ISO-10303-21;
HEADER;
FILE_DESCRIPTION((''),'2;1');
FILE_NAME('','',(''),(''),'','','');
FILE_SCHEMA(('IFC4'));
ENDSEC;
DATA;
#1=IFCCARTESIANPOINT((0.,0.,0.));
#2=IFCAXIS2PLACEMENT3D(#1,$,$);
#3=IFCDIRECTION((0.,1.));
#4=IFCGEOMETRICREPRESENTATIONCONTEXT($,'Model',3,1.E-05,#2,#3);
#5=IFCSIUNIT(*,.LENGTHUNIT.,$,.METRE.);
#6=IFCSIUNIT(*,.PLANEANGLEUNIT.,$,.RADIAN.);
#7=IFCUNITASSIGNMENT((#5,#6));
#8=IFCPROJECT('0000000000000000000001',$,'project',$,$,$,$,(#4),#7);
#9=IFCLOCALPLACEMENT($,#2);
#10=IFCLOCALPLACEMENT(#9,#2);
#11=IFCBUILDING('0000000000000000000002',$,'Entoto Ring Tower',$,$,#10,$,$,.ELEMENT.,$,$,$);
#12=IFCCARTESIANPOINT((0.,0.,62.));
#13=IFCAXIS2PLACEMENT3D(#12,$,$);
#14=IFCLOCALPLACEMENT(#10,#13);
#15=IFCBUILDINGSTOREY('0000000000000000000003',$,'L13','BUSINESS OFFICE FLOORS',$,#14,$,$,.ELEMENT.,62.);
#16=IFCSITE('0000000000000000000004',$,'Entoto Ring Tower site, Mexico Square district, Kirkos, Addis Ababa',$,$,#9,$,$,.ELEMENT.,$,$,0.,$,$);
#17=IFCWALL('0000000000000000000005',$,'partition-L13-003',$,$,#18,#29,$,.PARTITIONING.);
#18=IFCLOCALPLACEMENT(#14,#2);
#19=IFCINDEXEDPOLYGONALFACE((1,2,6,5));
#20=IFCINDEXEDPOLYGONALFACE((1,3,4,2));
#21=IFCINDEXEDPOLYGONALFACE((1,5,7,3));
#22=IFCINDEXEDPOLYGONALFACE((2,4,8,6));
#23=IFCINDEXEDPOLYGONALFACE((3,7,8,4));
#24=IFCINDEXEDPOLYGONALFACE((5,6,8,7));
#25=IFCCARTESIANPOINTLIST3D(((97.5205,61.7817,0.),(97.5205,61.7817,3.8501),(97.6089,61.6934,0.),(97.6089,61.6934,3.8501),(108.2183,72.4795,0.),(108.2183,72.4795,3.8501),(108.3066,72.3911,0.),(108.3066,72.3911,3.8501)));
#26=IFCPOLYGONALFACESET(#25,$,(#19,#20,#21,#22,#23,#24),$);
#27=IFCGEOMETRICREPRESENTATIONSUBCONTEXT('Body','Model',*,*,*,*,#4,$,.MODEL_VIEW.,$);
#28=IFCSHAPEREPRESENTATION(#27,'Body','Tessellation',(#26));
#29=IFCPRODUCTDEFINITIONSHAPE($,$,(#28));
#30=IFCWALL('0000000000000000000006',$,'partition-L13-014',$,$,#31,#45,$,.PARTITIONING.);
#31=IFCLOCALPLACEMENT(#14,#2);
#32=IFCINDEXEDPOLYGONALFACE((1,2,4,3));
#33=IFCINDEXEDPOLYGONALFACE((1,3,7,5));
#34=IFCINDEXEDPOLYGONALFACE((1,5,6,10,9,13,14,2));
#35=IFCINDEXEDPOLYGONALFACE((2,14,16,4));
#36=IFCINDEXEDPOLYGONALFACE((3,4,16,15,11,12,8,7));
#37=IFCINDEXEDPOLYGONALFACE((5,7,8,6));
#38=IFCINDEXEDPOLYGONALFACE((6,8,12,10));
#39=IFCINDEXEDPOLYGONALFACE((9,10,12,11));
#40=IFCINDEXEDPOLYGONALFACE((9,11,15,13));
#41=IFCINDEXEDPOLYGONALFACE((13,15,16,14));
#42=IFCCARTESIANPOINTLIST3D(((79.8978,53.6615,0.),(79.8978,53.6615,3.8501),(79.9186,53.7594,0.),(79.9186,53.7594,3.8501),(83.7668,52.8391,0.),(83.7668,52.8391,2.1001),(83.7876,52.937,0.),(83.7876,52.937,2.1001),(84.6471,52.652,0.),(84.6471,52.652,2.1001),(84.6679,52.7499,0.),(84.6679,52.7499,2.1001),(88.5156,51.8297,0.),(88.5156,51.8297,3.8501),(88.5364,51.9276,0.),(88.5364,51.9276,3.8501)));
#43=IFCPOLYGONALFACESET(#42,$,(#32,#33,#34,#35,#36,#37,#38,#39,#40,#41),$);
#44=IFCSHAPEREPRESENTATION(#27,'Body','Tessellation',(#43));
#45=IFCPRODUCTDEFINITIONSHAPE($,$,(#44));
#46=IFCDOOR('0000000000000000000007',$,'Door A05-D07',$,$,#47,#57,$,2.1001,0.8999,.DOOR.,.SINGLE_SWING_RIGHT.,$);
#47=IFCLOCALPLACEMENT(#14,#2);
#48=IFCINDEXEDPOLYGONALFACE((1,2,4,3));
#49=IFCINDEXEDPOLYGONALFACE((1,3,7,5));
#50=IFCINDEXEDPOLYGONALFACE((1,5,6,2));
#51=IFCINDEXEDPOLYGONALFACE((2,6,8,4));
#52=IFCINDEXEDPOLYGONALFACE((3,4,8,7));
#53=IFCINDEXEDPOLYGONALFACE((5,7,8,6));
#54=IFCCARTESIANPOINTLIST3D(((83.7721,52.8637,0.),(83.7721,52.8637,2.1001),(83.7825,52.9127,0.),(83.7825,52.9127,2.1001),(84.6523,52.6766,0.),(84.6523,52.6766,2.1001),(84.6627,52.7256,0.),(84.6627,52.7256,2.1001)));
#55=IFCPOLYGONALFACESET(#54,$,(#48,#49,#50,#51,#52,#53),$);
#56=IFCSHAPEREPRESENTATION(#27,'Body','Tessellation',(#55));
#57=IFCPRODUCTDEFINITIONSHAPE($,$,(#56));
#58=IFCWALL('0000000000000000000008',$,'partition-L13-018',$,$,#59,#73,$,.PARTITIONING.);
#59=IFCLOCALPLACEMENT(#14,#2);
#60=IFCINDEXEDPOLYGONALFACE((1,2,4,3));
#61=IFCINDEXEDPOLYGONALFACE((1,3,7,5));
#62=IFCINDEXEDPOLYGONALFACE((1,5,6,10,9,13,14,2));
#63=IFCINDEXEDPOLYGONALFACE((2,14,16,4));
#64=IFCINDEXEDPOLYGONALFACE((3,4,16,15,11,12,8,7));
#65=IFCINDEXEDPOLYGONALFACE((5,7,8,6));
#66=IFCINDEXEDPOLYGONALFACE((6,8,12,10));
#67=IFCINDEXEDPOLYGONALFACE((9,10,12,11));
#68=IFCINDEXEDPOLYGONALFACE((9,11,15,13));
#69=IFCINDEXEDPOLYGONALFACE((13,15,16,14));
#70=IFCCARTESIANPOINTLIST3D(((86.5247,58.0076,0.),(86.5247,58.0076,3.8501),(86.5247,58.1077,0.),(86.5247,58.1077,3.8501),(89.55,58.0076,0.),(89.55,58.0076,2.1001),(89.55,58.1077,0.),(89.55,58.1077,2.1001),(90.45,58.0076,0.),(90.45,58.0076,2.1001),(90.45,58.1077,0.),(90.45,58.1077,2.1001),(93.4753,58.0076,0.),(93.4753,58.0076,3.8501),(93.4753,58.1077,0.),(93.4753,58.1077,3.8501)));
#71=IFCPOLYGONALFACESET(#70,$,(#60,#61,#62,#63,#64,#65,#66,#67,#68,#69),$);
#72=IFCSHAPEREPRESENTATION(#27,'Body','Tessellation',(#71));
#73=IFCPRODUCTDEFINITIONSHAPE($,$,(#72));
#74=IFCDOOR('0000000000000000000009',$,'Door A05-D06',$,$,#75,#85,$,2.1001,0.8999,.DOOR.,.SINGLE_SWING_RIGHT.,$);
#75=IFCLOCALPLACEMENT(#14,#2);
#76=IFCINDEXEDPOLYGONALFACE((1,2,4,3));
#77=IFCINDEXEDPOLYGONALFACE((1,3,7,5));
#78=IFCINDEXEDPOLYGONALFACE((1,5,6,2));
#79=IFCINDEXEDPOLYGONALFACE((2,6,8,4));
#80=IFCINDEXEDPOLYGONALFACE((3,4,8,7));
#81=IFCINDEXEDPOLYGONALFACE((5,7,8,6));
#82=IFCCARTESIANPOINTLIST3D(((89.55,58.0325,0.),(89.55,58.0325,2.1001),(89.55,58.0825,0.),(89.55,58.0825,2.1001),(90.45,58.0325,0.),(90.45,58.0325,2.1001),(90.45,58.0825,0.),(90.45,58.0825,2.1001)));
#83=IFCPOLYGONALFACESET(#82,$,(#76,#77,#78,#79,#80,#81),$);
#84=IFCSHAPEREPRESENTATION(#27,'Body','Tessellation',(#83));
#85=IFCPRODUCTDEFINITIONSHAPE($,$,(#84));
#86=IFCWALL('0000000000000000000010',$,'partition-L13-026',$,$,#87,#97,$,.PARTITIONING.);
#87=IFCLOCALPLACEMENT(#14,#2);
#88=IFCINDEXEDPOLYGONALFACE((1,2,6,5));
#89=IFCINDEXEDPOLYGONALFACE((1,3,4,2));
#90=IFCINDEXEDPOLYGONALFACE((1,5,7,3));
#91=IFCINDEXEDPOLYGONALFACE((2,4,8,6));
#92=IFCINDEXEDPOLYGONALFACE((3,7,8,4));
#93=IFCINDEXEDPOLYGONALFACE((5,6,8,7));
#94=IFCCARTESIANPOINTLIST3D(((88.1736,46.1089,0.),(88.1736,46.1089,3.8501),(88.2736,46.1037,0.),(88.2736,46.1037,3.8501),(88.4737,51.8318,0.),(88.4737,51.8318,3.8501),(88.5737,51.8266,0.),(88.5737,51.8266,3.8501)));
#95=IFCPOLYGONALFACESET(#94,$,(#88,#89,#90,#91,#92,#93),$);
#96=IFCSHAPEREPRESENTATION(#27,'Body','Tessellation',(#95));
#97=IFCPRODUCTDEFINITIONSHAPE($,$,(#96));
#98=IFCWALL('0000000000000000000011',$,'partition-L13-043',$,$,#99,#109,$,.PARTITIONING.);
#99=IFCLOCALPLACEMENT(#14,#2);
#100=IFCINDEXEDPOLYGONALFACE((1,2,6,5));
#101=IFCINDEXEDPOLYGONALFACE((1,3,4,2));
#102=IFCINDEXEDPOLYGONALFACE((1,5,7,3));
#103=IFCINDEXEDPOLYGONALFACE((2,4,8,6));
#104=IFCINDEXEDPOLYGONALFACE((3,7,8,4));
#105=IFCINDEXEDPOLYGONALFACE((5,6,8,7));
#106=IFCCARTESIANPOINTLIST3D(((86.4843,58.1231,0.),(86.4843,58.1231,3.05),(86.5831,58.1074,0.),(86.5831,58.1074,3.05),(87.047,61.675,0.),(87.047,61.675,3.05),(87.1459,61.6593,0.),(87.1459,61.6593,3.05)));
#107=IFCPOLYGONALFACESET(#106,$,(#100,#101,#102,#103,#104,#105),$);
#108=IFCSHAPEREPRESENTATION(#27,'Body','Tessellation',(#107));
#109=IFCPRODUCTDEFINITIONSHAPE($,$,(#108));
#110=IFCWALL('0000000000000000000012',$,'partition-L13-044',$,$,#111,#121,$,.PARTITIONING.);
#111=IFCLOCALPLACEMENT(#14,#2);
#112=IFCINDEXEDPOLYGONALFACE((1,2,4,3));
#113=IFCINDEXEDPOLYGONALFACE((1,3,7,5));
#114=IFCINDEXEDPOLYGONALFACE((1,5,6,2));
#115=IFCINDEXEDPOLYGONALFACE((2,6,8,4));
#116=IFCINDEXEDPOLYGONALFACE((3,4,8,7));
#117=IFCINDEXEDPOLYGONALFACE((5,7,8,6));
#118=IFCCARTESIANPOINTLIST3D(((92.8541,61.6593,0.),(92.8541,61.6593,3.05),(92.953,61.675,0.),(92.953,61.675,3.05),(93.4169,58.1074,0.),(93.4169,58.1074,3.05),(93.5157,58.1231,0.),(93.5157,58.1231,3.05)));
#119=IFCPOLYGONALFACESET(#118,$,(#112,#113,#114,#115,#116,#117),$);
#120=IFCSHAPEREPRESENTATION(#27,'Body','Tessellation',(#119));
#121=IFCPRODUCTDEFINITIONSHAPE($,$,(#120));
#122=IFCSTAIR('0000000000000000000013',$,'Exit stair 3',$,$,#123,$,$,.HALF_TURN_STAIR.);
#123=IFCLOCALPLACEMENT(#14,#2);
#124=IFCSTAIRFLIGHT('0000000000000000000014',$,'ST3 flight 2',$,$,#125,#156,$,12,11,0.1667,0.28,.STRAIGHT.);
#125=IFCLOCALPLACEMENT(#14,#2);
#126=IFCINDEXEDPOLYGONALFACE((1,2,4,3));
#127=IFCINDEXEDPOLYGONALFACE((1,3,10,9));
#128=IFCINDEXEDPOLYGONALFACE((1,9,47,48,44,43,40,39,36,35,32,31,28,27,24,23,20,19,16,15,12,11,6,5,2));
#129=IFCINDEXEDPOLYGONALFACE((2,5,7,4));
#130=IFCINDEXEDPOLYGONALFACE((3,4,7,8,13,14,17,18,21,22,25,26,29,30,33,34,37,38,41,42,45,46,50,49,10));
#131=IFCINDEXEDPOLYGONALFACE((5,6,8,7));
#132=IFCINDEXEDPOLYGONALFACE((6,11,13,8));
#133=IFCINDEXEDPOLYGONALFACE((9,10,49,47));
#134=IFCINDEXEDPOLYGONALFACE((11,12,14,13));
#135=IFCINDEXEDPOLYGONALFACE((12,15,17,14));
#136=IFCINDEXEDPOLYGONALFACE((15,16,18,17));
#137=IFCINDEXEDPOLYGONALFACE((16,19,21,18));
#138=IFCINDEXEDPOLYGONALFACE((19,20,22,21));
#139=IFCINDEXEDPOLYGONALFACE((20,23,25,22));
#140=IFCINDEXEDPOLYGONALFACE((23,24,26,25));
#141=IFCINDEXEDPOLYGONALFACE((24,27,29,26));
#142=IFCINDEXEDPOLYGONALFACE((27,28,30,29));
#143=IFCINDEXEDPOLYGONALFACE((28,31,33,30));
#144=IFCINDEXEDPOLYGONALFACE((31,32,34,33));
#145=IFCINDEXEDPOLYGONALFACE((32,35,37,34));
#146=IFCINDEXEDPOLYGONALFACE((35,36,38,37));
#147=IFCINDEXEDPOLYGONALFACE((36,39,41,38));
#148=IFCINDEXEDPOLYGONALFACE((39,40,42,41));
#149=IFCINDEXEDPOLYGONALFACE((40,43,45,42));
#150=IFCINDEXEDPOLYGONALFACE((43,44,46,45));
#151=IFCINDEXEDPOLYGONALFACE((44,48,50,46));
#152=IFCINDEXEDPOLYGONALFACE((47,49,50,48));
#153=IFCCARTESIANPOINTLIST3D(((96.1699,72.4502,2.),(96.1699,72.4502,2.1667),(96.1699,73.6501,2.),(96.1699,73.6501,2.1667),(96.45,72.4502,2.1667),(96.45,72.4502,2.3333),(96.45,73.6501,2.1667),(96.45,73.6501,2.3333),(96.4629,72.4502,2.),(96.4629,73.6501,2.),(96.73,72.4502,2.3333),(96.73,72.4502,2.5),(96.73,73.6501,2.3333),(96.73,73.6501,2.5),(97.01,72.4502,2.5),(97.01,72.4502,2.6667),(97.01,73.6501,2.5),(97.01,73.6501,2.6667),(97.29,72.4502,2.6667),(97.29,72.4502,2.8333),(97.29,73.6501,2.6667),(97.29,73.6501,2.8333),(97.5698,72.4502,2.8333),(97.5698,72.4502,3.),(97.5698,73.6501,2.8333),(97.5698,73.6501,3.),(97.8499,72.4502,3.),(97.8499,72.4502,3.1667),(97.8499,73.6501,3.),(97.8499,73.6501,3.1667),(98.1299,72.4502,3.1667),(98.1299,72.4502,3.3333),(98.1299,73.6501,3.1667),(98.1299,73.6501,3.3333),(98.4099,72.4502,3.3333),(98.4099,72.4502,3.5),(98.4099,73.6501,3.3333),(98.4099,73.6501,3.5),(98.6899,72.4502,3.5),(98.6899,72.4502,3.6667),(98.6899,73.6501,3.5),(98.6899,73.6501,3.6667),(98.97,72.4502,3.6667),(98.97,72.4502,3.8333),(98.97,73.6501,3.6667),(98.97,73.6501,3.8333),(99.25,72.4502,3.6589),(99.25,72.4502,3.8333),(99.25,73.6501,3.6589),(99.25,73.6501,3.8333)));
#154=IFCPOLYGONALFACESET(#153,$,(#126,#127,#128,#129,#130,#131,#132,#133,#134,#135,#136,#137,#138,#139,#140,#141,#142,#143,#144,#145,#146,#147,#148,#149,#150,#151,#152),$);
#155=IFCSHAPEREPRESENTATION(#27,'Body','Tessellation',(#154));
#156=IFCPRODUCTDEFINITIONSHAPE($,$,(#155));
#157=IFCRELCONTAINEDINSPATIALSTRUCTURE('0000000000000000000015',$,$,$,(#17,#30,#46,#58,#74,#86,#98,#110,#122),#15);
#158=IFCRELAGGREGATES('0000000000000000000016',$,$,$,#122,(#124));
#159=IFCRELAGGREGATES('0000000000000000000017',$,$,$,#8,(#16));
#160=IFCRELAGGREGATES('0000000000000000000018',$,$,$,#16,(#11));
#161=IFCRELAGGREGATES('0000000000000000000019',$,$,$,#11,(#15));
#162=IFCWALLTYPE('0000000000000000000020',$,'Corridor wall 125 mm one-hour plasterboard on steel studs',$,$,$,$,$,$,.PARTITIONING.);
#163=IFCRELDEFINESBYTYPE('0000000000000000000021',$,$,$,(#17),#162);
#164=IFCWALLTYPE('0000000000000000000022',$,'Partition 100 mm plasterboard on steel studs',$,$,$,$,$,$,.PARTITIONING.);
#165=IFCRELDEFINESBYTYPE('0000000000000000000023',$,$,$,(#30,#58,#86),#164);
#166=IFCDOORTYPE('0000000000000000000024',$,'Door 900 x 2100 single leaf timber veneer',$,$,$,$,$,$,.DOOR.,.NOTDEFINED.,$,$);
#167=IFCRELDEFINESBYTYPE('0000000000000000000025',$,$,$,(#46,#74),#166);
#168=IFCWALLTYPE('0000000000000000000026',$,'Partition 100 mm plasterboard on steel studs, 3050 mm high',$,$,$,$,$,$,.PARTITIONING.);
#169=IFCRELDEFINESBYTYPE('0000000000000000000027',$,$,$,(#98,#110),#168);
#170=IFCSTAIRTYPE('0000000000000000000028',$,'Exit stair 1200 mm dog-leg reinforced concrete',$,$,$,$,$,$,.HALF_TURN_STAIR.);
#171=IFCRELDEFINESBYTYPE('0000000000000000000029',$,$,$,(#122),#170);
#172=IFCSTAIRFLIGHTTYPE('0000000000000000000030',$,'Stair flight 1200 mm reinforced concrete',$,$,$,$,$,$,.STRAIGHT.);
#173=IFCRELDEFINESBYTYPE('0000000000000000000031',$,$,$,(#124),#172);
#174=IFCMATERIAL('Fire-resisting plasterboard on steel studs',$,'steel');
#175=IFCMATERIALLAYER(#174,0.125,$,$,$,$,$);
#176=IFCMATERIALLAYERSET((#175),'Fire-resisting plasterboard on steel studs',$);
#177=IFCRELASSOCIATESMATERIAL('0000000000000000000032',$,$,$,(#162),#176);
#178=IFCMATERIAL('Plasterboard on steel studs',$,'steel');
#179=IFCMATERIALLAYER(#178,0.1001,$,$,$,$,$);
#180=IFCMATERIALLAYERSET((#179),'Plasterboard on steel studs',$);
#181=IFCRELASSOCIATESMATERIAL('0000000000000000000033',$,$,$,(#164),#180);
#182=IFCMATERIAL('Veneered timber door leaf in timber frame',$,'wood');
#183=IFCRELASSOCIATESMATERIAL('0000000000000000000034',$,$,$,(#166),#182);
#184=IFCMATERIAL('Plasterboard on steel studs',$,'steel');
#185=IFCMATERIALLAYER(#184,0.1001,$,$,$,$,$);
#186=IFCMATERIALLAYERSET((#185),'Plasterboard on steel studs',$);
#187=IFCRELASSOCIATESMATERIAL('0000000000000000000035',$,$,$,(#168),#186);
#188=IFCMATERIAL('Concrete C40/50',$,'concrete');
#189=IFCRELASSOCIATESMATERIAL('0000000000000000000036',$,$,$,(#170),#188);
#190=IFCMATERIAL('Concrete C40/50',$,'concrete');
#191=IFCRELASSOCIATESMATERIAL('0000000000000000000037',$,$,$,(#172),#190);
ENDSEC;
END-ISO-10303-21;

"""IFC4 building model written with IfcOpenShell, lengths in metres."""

from ifc_helpers import new_model, si_unit, direction, frame, frame_2d, origin, place, context, subcontext, project, spatial, polyline, rectangle, outline, extrude, material, layer, layer_set, type_object, element, fill, aggregate, save


model = new_model("IFC4")

# Units and contexts
model_context = context("Model", 3, precision=1e-05, world=origin(), true_north=direction((0.0, 1.0)))
body_context = subcontext(model_context, "Body", "Model", "MODEL_VIEW")
ifc_project = project(units=[si_unit("LENGTHUNIT", "METRE"), si_unit("PLANEANGLEUNIT", "RADIAN")], contexts=[model_context])

# Site, building, storey
site_placement = place(None, origin())
site = spatial("IfcSite", under=ifc_project, at=site_placement, Name="Entoto Ring Tower site, Mexico Square district, Kirkos, Addis Ababa", CompositionType="ELEMENT", RefElevation=0.0)
building_placement = place(site_placement, origin())
building = spatial("IfcBuilding", under=site, at=building_placement, Name="Entoto Ring Tower", CompositionType="ELEMENT")
storey_placement = place(building_placement, frame((0.0, 0.0, 62.0)))
storey = spatial("IfcBuildingStorey", under=building, at=storey_placement, Name="L13", Description="BUSINESS OFFICE FLOORS", CompositionType="ELEMENT", Elevation=62.0)

# Wall
ifc_material_1 = material(Name="Fire-resisting plasterboard on steel studs", Category="steel")
ifc_layer_1 = layer(ifc_material_1, 0.125)
ifc_layer_set_1 = layer_set([ifc_layer_1], Name="Fire-resisting plasterboard on steel studs")
wall_type_1 = type_object("IfcWallType", Name="Corridor wall 125 mm one-hour plasterboard on steel studs", PredefinedType="PARTITIONING", material=ifc_layer_set_1)
wall_1_placement = place(storey_placement, frame((97.5647, 61.7375, 0.0), z_axis=(0.0, 0.0, 1.0), x_axis=(0.707107, 0.707107, 0.0)))
element("IfcWall", 1, at=wall_1_placement, inside=storey, type_object=wall_type_1, Name="partition-L13-003", PredefinedType="PARTITIONING", context=body_context, shape_type="SweptSolid", body=[
    extrude(rectangle(XDim=15.1289, YDim=0.125, at=frame_2d((7.5645, 0.0))), origin(), (0.0, 0.0, 1.0), 3.8501),
])

# Walls, openings, doors
ifc_material_2 = material(Name="Plasterboard on steel studs", Category="steel")
ifc_layer_2 = layer(ifc_material_2, 0.1001)
ifc_layer_set_2 = layer_set([ifc_layer_2], Name="Plasterboard on steel studs")
wall_type_2 = type_object("IfcWallType", Name="Partition 100 mm plasterboard on steel studs", PredefinedType="PARTITIONING", material=ifc_layer_set_2)
wall_2_placement = place(storey_placement, frame((88.5261, 51.8787, 0.0), z_axis=(0.0, 0.0, 1.0), x_axis=(-0.978147, 0.207916, 0.0)))
wall_2 = element("IfcWall", 2, at=wall_2_placement, inside=storey, type_object=wall_type_2, Name="partition-L13-014", PredefinedType="PARTITIONING", context=body_context, shape_type="SweptSolid", body=[
    extrude(rectangle(XDim=8.8103, YDim=0.1001, at=frame_2d((4.4053, 0.0))), origin(), (0.0, 0.0, 1.0), 3.8501),
])
opening_1_placement = place(wall_2_placement, frame((3.9551, 0.0, 0.0)))
opening_1 = element("IfcOpeningElement", 3, at=opening_1_placement, cuts=wall_2, PredefinedType="OPENING", context=body_context, shape_type="SweptSolid", body=[
    extrude(rectangle(XDim=0.8999, YDim=2.1001, at=frame_2d((0.45, 1.05))), frame((0.0, 0.0601, 0.0), z_axis=(0.0, -1.0, 0.0), x_axis=(1.0, 0.0, 0.0)), (0.0, 0.0, 1.0), 0.1201),
])
ifc_material_3 = material(Name="Veneered timber door leaf in timber frame", Category="wood")
door_type_1 = type_object("IfcDoorType", Name="Door 900 x 2100 single leaf timber veneer", OperationType="NOTDEFINED", PredefinedType="DOOR", material=ifc_material_3)
door_1_placement = place(opening_1_placement, origin())
door_1 = element("IfcDoor", 4, at=door_1_placement, inside=storey, type_object=door_type_1, Name="Door A05-D07", OperationType="SINGLE_SWING_RIGHT", OverallHeight=2.1001, OverallWidth=0.8999, PredefinedType="DOOR", context=body_context, shape_type="SweptSolid", body=[
    extrude(rectangle(XDim=0.8999, YDim=2.1001, at=frame_2d((0.45, 1.05))), frame((0.0, 0.0249, 0.0), z_axis=(0.0, -1.0, 0.0), x_axis=(1.0, 0.0, 0.0)), (0.0, 0.0, 1.0), 0.05),
])
fill(opening_1, door_1)
wall_3_placement = place(storey_placement, frame((86.5247, 58.0576, 0.0), z_axis=(0.0, 0.0, 1.0), x_axis=(1.0, 0.0, 0.0)))
wall_3 = element("IfcWall", 5, at=wall_3_placement, inside=storey, type_object=wall_type_2, Name="partition-L13-018", PredefinedType="PARTITIONING", context=body_context, shape_type="SweptSolid", body=[
    extrude(rectangle(XDim=6.9507, YDim=0.1001, at=frame_2d((3.4753, 0.0))), origin(), (0.0, 0.0, 1.0), 3.8501),
])
opening_2_placement = place(wall_3_placement, frame((3.0254, 0.0, 0.0)))
opening_2 = element("IfcOpeningElement", 6, at=opening_2_placement, cuts=wall_3, PredefinedType="OPENING", context=body_context, shape_type="SweptSolid", body=[
    extrude(rectangle(XDim=0.8999, YDim=2.1001, at=frame_2d((0.45, 1.05))), frame((0.0, 0.0601, 0.0), z_axis=(0.0, -1.0, 0.0), x_axis=(1.0, 0.0, 0.0)), (0.0, 0.0, 1.0), 0.1201),
])
door_2_placement = place(opening_2_placement, origin())
door_2 = element("IfcDoor", 7, at=door_2_placement, inside=storey, type_object=door_type_1, Name="Door A05-D06", OperationType="SINGLE_SWING_RIGHT", OverallHeight=2.1001, OverallWidth=0.8999, PredefinedType="DOOR", context=body_context, shape_type="SweptSolid", body=[
    extrude(rectangle(XDim=0.8999, YDim=2.1001, at=frame_2d((0.45, 1.05))), frame((0.0, 0.0249, 0.0), z_axis=(0.0, -1.0, 0.0), x_axis=(1.0, 0.0, 0.0)), (0.0, 0.0, 1.0), 0.05),
])
fill(opening_2, door_2)

# Walls
wall_4_placement = place(storey_placement, frame((88.2236, 46.1064, 0.0), z_axis=(0.0, 0.0, 1.0), x_axis=(0.052358, 0.998628, 0.0)))
element("IfcWall", 8, at=wall_4_placement, inside=storey, type_object=wall_type_2, Name="partition-L13-026", PredefinedType="PARTITIONING", context=body_context, shape_type="SweptSolid", body=[
    extrude(rectangle(XDim=5.7307, YDim=0.1001, at=frame_2d((2.8652, 0.0))), origin(), (0.0, 0.0, 1.0), 3.8501),
])
ifc_material_4 = material(Name="Plasterboard on steel studs", Category="steel")
ifc_layer_3 = layer(ifc_material_4, 0.1001)
ifc_layer_set_3 = layer_set([ifc_layer_3], Name="Plasterboard on steel studs")
wall_type_3 = type_object("IfcWallType", Name="Partition 100 mm plasterboard on steel studs, 3050 mm high", PredefinedType="PARTITIONING", material=ifc_layer_set_3)
for number, where, z_axis, x_axis, name in (
    (9, (86.5337, 58.1152, 0.0), (0.0, 0.0, 1.0), (0.156478, 0.987681, 0.0), "partition-L13-043"),
    (10, (93.4663, 58.1152, 0.0), (0.0, 0.0, 1.0), (-0.156478, 0.987681, 0.0), "partition-L13-044"),
):
    element("IfcWall", number, at=place(storey_placement, frame(where, z_axis=z_axis, x_axis=x_axis)), inside=storey, type_object=wall_type_3, Name=name, PredefinedType="PARTITIONING", context=body_context, shape_type="SweptSolid", body=[
        extrude(rectangle(XDim=3.5962, YDim=0.1001, at=frame_2d((1.7981, 0.0))), origin(), (0.0, 0.0, 1.0), 3.05),
    ])

# Stair, stair flight
ifc_material_5 = material(Name="Concrete C40/50", Category="concrete")
stair_type = type_object("IfcStairType", Name="Exit stair 1200 mm dog-leg reinforced concrete", PredefinedType="HALF_TURN_STAIR", material=ifc_material_5)
stair_placement = place(storey_placement, origin())
stair = element("IfcStair", 11, at=stair_placement, inside=storey, type_object=stair_type, Name="Exit stair 3", PredefinedType="HALF_TURN_STAIR")
ifc_material_6 = material(Name="Concrete C40/50", Category="concrete")
stair_flight_type = type_object("IfcStairFlightType", Name="Stair flight 1200 mm reinforced concrete", PredefinedType="STRAIGHT", material=ifc_material_6)
stair_flight_placement = place(storey_placement, frame((96.1699, 73.05, 2.0), z_axis=(0.0, 0.0, 1.0), x_axis=(1.0, 0.0, 0.0)))
stair_flight = element("IfcStairFlight", 12, at=stair_flight_placement, type_object=stair_flight_type, Name="ST3 flight 2", NumberOfRisers=12, NumberOfTreads=11, PredefinedType="STRAIGHT", RiserHeight=0.1667, TreadLength=0.28, context=body_context, shape_type="SweptSolid", body=[
    extrude(outline(polyline([(0.0, 0.0), (0.0, 0.1667), (0.28, 0.1667), (0.28, 0.3333), (0.5601, 0.3333), (0.5601, 0.5), (0.8401, 0.5), (0.8401, 0.6667), (1.1201, 0.6667), (1.1201, 0.8333), (1.3999, 0.8333), (1.3999, 1.0), (1.6799, 1.0), (1.6799, 1.1667), (1.96, 1.1667), (1.96, 1.3333), (2.24, 1.3333), (2.24, 1.5), (2.52, 1.5), (2.52, 1.6667), (2.8, 1.6667), (2.8, 1.8333), (3.0801, 1.8333), (3.0801, 2.0), (3.0801, 1.6589), (0.293, 0.0), (0.0, 0.0)])), frame((0.0, 0.6001, 0.0), z_axis=(0.0, -1.0, 0.0), x_axis=(1.0, 0.0, 0.0)), (0.0, 0.0, 1.0), 1.2),
])
aggregate(stair, [stair_flight])

save(model, "model.ifc")
